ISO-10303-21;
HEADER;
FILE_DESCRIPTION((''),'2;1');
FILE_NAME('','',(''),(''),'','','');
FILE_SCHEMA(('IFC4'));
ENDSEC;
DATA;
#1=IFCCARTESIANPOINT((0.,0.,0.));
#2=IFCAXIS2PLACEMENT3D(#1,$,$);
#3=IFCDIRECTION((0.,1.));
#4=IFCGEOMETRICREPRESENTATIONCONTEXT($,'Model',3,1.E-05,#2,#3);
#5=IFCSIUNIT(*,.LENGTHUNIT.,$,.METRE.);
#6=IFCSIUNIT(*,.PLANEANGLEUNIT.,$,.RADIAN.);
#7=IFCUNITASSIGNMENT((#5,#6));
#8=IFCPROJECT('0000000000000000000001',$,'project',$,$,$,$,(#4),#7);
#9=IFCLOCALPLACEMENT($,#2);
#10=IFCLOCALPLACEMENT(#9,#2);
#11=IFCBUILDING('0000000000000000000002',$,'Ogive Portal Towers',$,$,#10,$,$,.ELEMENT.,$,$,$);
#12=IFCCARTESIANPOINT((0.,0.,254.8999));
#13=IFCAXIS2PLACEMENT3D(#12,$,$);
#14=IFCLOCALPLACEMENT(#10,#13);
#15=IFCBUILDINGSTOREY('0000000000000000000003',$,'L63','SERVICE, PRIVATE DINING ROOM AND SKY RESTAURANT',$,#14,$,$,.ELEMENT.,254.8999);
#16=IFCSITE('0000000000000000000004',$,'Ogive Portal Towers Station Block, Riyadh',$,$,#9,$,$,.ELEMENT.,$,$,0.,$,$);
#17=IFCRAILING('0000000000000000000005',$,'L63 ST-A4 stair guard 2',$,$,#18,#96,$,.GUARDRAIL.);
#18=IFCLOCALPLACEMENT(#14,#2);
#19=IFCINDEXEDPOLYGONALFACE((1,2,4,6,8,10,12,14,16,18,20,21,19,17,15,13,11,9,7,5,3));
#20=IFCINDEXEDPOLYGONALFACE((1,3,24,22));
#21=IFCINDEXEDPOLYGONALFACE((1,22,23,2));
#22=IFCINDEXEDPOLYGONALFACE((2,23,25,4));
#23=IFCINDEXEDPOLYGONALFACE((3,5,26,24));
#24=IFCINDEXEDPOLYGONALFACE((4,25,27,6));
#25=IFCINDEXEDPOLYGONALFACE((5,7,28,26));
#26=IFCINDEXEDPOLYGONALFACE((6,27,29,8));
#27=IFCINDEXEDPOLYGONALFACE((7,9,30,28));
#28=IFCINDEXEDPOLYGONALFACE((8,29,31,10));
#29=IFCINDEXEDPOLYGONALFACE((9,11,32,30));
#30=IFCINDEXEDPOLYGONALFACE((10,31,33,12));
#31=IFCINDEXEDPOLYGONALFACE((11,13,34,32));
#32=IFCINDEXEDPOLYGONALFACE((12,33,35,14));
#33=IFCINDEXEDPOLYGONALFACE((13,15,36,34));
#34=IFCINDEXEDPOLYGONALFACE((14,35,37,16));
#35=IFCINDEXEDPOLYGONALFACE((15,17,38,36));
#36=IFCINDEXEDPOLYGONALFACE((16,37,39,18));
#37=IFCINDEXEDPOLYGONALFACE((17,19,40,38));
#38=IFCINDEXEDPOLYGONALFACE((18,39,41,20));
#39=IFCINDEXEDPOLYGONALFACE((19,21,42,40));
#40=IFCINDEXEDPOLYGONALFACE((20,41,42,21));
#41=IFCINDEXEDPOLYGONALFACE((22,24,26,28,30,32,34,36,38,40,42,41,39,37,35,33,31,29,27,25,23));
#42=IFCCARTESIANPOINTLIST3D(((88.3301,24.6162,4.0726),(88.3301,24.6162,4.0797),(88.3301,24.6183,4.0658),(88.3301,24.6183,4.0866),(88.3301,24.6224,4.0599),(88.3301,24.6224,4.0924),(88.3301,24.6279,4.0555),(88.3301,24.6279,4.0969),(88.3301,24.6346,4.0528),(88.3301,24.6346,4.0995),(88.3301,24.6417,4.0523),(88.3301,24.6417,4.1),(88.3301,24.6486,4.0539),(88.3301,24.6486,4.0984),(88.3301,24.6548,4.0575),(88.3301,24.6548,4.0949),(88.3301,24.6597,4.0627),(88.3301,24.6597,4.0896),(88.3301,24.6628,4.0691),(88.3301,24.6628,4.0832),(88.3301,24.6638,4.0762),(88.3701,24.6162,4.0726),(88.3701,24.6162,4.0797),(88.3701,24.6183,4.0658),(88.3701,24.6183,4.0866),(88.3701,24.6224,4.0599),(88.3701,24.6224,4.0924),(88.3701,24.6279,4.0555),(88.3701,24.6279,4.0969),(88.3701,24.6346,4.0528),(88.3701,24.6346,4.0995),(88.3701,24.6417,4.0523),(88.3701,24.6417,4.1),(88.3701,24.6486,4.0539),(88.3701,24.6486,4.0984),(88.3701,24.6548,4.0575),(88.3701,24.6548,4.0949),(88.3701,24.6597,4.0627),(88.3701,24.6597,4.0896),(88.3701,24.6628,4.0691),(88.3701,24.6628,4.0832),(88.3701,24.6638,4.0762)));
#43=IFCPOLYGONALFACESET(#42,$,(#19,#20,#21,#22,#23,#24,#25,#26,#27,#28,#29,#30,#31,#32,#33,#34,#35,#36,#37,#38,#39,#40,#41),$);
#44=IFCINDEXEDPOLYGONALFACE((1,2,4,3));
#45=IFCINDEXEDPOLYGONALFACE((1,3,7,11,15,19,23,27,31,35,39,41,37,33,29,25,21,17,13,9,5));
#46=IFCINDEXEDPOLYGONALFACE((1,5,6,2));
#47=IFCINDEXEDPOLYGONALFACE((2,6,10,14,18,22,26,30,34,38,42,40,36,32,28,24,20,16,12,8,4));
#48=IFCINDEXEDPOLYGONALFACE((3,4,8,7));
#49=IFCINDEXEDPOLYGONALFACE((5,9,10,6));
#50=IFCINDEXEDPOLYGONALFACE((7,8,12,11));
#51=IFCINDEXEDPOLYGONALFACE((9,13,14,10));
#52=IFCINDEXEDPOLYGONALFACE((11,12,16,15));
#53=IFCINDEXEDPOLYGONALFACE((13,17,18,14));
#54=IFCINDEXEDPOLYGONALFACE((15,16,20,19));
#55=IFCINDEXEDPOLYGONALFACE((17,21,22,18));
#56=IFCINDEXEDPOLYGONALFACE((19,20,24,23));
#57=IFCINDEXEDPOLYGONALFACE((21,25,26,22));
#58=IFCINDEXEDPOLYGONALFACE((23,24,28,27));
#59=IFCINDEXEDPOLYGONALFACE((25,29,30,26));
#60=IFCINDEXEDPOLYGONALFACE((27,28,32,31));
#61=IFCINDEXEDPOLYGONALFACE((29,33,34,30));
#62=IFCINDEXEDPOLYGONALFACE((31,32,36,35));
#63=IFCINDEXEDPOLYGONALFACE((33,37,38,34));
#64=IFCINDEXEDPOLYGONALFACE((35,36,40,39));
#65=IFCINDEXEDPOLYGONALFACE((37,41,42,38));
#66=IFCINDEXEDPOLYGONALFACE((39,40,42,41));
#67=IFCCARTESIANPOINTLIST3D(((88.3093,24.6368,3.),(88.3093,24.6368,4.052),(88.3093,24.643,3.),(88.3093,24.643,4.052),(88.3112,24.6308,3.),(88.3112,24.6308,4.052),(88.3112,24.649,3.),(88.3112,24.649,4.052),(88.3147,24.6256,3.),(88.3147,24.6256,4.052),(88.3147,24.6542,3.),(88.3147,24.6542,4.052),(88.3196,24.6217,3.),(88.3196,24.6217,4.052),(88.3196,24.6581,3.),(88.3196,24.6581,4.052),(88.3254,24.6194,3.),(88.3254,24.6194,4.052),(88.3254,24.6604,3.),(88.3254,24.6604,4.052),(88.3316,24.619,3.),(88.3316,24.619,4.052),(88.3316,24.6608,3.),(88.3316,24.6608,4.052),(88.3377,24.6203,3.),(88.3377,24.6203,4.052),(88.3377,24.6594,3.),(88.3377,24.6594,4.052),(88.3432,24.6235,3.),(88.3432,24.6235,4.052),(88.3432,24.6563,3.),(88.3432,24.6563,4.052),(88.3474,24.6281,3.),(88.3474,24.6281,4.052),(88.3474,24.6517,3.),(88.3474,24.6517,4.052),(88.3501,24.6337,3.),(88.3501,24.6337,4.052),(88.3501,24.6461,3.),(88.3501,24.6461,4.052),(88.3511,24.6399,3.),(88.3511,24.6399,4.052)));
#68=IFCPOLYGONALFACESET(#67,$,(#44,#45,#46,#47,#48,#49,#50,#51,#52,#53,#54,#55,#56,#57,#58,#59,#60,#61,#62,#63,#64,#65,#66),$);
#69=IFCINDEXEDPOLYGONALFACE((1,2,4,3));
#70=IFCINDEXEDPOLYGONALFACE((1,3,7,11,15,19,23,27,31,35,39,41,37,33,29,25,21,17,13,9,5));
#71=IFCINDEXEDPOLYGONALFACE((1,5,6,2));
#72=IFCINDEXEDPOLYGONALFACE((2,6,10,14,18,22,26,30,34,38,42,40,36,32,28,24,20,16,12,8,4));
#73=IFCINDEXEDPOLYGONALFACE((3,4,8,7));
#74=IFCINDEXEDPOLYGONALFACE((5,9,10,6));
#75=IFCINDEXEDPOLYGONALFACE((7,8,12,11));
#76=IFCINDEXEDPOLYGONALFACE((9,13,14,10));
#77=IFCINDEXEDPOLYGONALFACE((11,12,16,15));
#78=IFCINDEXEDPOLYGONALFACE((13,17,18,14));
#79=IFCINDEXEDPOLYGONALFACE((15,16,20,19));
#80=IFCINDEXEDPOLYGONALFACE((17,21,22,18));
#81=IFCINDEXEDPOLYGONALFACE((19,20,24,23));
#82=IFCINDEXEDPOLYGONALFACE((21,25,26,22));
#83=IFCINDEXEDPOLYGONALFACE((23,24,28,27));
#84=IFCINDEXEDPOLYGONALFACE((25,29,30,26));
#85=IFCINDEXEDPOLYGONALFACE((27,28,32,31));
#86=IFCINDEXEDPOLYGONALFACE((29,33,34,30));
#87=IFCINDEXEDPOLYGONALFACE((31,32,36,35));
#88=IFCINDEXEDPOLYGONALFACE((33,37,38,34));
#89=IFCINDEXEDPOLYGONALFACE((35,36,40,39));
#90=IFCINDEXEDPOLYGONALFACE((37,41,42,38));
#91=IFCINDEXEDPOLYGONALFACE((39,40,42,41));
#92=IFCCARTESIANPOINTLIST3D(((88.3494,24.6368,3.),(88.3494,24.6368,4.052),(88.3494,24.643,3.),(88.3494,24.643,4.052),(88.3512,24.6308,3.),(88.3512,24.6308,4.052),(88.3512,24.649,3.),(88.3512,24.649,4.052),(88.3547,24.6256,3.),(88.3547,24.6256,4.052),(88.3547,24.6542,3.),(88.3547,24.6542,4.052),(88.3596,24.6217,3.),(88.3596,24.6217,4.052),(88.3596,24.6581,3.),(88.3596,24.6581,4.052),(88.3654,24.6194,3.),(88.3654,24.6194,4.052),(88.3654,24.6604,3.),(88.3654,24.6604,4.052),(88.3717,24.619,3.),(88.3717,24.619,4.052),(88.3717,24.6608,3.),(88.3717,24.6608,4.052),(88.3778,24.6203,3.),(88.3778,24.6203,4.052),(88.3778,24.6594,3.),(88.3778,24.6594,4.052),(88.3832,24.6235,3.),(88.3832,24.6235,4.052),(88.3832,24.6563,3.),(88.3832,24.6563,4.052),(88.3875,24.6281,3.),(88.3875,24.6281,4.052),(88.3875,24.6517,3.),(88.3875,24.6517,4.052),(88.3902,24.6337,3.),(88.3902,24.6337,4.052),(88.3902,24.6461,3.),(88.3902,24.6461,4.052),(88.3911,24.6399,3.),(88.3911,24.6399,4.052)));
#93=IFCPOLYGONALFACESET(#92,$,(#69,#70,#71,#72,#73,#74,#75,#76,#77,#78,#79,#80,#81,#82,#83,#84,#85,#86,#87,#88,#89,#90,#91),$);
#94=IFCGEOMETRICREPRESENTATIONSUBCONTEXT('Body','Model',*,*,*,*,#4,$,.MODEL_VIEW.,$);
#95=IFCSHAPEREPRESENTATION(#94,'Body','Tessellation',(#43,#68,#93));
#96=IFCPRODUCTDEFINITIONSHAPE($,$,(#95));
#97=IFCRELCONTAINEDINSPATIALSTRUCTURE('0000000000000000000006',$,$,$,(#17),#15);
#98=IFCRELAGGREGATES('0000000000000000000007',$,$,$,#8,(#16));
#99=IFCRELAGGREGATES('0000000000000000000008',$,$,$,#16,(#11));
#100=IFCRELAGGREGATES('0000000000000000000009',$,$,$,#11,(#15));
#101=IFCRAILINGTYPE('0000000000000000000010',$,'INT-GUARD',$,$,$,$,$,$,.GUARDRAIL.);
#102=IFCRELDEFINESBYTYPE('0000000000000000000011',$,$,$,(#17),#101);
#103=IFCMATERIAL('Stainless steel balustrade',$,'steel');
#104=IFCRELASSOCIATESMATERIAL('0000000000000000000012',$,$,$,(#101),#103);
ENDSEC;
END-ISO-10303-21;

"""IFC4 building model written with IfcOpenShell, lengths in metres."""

from ifc_helpers import new_model, si_unit, direction, frame, origin, origin_2d, place, context, subcontext, project, spatial, circle, extrude, material, type_object, element, save


model = new_model("IFC4")

# Units and contexts
model_context = context("Model", 3, precision=1e-05, world=origin(), true_north=direction((0.0, 1.0)))
body_context = subcontext(model_context, "Body", "Model", "MODEL_VIEW")
ifc_project = project(units=[si_unit("LENGTHUNIT", "METRE"), si_unit("PLANEANGLEUNIT", "RADIAN")], contexts=[model_context])

# Site, building, storey
site_placement = place(None, origin())
site = spatial("IfcSite", under=ifc_project, at=site_placement, Name="Ogive Portal Towers Station Block, Riyadh", CompositionType="ELEMENT", RefElevation=0.0)
building_placement = place(site_placement, origin())
building = spatial("IfcBuilding", under=site, at=building_placement, Name="Ogive Portal Towers", CompositionType="ELEMENT")
storey_placement = place(building_placement, frame((0.0, 0.0, 254.8999)))
storey = spatial("IfcBuildingStorey", under=building, at=storey_placement, Name="L63", Description="SERVICE, PRIVATE DINING ROOM AND SKY RESTAURANT", CompositionType="ELEMENT", Elevation=254.8999)

# Railing
ifc_material_1 = material(Name="Stainless steel balustrade", Category="steel")
railing_type_1 = type_object("IfcRailingType", Name="INT-GUARD", PredefinedType="GUARDRAIL", material=ifc_material_1)
railing_1_placement = place(storey_placement, frame((88.3301, 24.6399, 3.0)))
element("IfcRailing", 1, at=railing_1_placement, inside=storey, type_object=railing_type_1, Name="L63 ST-A4 stair guard 2", PredefinedType="GUARDRAIL", context=body_context, shape_type="SweptSolid", body=[
    extrude(circle(Radius=0.0239, at=origin_2d()), frame((0.0, 0.0, 1.0762), z_axis=(1.0, 0.0, 0.0), x_axis=(0.0, 1.0, 0.0)), (0.0, 0.0, 1.0), 0.04),
    extrude(circle(Radius=0.021, at=origin_2d()), origin(), (0.0, 0.0, 1.0), 1.052),
    extrude(circle(Radius=0.021, at=origin_2d()), frame((0.04, 0.0, 0.0)), (0.0, 0.0, 1.0), 1.052),
])

save(model, "model.ifc")
